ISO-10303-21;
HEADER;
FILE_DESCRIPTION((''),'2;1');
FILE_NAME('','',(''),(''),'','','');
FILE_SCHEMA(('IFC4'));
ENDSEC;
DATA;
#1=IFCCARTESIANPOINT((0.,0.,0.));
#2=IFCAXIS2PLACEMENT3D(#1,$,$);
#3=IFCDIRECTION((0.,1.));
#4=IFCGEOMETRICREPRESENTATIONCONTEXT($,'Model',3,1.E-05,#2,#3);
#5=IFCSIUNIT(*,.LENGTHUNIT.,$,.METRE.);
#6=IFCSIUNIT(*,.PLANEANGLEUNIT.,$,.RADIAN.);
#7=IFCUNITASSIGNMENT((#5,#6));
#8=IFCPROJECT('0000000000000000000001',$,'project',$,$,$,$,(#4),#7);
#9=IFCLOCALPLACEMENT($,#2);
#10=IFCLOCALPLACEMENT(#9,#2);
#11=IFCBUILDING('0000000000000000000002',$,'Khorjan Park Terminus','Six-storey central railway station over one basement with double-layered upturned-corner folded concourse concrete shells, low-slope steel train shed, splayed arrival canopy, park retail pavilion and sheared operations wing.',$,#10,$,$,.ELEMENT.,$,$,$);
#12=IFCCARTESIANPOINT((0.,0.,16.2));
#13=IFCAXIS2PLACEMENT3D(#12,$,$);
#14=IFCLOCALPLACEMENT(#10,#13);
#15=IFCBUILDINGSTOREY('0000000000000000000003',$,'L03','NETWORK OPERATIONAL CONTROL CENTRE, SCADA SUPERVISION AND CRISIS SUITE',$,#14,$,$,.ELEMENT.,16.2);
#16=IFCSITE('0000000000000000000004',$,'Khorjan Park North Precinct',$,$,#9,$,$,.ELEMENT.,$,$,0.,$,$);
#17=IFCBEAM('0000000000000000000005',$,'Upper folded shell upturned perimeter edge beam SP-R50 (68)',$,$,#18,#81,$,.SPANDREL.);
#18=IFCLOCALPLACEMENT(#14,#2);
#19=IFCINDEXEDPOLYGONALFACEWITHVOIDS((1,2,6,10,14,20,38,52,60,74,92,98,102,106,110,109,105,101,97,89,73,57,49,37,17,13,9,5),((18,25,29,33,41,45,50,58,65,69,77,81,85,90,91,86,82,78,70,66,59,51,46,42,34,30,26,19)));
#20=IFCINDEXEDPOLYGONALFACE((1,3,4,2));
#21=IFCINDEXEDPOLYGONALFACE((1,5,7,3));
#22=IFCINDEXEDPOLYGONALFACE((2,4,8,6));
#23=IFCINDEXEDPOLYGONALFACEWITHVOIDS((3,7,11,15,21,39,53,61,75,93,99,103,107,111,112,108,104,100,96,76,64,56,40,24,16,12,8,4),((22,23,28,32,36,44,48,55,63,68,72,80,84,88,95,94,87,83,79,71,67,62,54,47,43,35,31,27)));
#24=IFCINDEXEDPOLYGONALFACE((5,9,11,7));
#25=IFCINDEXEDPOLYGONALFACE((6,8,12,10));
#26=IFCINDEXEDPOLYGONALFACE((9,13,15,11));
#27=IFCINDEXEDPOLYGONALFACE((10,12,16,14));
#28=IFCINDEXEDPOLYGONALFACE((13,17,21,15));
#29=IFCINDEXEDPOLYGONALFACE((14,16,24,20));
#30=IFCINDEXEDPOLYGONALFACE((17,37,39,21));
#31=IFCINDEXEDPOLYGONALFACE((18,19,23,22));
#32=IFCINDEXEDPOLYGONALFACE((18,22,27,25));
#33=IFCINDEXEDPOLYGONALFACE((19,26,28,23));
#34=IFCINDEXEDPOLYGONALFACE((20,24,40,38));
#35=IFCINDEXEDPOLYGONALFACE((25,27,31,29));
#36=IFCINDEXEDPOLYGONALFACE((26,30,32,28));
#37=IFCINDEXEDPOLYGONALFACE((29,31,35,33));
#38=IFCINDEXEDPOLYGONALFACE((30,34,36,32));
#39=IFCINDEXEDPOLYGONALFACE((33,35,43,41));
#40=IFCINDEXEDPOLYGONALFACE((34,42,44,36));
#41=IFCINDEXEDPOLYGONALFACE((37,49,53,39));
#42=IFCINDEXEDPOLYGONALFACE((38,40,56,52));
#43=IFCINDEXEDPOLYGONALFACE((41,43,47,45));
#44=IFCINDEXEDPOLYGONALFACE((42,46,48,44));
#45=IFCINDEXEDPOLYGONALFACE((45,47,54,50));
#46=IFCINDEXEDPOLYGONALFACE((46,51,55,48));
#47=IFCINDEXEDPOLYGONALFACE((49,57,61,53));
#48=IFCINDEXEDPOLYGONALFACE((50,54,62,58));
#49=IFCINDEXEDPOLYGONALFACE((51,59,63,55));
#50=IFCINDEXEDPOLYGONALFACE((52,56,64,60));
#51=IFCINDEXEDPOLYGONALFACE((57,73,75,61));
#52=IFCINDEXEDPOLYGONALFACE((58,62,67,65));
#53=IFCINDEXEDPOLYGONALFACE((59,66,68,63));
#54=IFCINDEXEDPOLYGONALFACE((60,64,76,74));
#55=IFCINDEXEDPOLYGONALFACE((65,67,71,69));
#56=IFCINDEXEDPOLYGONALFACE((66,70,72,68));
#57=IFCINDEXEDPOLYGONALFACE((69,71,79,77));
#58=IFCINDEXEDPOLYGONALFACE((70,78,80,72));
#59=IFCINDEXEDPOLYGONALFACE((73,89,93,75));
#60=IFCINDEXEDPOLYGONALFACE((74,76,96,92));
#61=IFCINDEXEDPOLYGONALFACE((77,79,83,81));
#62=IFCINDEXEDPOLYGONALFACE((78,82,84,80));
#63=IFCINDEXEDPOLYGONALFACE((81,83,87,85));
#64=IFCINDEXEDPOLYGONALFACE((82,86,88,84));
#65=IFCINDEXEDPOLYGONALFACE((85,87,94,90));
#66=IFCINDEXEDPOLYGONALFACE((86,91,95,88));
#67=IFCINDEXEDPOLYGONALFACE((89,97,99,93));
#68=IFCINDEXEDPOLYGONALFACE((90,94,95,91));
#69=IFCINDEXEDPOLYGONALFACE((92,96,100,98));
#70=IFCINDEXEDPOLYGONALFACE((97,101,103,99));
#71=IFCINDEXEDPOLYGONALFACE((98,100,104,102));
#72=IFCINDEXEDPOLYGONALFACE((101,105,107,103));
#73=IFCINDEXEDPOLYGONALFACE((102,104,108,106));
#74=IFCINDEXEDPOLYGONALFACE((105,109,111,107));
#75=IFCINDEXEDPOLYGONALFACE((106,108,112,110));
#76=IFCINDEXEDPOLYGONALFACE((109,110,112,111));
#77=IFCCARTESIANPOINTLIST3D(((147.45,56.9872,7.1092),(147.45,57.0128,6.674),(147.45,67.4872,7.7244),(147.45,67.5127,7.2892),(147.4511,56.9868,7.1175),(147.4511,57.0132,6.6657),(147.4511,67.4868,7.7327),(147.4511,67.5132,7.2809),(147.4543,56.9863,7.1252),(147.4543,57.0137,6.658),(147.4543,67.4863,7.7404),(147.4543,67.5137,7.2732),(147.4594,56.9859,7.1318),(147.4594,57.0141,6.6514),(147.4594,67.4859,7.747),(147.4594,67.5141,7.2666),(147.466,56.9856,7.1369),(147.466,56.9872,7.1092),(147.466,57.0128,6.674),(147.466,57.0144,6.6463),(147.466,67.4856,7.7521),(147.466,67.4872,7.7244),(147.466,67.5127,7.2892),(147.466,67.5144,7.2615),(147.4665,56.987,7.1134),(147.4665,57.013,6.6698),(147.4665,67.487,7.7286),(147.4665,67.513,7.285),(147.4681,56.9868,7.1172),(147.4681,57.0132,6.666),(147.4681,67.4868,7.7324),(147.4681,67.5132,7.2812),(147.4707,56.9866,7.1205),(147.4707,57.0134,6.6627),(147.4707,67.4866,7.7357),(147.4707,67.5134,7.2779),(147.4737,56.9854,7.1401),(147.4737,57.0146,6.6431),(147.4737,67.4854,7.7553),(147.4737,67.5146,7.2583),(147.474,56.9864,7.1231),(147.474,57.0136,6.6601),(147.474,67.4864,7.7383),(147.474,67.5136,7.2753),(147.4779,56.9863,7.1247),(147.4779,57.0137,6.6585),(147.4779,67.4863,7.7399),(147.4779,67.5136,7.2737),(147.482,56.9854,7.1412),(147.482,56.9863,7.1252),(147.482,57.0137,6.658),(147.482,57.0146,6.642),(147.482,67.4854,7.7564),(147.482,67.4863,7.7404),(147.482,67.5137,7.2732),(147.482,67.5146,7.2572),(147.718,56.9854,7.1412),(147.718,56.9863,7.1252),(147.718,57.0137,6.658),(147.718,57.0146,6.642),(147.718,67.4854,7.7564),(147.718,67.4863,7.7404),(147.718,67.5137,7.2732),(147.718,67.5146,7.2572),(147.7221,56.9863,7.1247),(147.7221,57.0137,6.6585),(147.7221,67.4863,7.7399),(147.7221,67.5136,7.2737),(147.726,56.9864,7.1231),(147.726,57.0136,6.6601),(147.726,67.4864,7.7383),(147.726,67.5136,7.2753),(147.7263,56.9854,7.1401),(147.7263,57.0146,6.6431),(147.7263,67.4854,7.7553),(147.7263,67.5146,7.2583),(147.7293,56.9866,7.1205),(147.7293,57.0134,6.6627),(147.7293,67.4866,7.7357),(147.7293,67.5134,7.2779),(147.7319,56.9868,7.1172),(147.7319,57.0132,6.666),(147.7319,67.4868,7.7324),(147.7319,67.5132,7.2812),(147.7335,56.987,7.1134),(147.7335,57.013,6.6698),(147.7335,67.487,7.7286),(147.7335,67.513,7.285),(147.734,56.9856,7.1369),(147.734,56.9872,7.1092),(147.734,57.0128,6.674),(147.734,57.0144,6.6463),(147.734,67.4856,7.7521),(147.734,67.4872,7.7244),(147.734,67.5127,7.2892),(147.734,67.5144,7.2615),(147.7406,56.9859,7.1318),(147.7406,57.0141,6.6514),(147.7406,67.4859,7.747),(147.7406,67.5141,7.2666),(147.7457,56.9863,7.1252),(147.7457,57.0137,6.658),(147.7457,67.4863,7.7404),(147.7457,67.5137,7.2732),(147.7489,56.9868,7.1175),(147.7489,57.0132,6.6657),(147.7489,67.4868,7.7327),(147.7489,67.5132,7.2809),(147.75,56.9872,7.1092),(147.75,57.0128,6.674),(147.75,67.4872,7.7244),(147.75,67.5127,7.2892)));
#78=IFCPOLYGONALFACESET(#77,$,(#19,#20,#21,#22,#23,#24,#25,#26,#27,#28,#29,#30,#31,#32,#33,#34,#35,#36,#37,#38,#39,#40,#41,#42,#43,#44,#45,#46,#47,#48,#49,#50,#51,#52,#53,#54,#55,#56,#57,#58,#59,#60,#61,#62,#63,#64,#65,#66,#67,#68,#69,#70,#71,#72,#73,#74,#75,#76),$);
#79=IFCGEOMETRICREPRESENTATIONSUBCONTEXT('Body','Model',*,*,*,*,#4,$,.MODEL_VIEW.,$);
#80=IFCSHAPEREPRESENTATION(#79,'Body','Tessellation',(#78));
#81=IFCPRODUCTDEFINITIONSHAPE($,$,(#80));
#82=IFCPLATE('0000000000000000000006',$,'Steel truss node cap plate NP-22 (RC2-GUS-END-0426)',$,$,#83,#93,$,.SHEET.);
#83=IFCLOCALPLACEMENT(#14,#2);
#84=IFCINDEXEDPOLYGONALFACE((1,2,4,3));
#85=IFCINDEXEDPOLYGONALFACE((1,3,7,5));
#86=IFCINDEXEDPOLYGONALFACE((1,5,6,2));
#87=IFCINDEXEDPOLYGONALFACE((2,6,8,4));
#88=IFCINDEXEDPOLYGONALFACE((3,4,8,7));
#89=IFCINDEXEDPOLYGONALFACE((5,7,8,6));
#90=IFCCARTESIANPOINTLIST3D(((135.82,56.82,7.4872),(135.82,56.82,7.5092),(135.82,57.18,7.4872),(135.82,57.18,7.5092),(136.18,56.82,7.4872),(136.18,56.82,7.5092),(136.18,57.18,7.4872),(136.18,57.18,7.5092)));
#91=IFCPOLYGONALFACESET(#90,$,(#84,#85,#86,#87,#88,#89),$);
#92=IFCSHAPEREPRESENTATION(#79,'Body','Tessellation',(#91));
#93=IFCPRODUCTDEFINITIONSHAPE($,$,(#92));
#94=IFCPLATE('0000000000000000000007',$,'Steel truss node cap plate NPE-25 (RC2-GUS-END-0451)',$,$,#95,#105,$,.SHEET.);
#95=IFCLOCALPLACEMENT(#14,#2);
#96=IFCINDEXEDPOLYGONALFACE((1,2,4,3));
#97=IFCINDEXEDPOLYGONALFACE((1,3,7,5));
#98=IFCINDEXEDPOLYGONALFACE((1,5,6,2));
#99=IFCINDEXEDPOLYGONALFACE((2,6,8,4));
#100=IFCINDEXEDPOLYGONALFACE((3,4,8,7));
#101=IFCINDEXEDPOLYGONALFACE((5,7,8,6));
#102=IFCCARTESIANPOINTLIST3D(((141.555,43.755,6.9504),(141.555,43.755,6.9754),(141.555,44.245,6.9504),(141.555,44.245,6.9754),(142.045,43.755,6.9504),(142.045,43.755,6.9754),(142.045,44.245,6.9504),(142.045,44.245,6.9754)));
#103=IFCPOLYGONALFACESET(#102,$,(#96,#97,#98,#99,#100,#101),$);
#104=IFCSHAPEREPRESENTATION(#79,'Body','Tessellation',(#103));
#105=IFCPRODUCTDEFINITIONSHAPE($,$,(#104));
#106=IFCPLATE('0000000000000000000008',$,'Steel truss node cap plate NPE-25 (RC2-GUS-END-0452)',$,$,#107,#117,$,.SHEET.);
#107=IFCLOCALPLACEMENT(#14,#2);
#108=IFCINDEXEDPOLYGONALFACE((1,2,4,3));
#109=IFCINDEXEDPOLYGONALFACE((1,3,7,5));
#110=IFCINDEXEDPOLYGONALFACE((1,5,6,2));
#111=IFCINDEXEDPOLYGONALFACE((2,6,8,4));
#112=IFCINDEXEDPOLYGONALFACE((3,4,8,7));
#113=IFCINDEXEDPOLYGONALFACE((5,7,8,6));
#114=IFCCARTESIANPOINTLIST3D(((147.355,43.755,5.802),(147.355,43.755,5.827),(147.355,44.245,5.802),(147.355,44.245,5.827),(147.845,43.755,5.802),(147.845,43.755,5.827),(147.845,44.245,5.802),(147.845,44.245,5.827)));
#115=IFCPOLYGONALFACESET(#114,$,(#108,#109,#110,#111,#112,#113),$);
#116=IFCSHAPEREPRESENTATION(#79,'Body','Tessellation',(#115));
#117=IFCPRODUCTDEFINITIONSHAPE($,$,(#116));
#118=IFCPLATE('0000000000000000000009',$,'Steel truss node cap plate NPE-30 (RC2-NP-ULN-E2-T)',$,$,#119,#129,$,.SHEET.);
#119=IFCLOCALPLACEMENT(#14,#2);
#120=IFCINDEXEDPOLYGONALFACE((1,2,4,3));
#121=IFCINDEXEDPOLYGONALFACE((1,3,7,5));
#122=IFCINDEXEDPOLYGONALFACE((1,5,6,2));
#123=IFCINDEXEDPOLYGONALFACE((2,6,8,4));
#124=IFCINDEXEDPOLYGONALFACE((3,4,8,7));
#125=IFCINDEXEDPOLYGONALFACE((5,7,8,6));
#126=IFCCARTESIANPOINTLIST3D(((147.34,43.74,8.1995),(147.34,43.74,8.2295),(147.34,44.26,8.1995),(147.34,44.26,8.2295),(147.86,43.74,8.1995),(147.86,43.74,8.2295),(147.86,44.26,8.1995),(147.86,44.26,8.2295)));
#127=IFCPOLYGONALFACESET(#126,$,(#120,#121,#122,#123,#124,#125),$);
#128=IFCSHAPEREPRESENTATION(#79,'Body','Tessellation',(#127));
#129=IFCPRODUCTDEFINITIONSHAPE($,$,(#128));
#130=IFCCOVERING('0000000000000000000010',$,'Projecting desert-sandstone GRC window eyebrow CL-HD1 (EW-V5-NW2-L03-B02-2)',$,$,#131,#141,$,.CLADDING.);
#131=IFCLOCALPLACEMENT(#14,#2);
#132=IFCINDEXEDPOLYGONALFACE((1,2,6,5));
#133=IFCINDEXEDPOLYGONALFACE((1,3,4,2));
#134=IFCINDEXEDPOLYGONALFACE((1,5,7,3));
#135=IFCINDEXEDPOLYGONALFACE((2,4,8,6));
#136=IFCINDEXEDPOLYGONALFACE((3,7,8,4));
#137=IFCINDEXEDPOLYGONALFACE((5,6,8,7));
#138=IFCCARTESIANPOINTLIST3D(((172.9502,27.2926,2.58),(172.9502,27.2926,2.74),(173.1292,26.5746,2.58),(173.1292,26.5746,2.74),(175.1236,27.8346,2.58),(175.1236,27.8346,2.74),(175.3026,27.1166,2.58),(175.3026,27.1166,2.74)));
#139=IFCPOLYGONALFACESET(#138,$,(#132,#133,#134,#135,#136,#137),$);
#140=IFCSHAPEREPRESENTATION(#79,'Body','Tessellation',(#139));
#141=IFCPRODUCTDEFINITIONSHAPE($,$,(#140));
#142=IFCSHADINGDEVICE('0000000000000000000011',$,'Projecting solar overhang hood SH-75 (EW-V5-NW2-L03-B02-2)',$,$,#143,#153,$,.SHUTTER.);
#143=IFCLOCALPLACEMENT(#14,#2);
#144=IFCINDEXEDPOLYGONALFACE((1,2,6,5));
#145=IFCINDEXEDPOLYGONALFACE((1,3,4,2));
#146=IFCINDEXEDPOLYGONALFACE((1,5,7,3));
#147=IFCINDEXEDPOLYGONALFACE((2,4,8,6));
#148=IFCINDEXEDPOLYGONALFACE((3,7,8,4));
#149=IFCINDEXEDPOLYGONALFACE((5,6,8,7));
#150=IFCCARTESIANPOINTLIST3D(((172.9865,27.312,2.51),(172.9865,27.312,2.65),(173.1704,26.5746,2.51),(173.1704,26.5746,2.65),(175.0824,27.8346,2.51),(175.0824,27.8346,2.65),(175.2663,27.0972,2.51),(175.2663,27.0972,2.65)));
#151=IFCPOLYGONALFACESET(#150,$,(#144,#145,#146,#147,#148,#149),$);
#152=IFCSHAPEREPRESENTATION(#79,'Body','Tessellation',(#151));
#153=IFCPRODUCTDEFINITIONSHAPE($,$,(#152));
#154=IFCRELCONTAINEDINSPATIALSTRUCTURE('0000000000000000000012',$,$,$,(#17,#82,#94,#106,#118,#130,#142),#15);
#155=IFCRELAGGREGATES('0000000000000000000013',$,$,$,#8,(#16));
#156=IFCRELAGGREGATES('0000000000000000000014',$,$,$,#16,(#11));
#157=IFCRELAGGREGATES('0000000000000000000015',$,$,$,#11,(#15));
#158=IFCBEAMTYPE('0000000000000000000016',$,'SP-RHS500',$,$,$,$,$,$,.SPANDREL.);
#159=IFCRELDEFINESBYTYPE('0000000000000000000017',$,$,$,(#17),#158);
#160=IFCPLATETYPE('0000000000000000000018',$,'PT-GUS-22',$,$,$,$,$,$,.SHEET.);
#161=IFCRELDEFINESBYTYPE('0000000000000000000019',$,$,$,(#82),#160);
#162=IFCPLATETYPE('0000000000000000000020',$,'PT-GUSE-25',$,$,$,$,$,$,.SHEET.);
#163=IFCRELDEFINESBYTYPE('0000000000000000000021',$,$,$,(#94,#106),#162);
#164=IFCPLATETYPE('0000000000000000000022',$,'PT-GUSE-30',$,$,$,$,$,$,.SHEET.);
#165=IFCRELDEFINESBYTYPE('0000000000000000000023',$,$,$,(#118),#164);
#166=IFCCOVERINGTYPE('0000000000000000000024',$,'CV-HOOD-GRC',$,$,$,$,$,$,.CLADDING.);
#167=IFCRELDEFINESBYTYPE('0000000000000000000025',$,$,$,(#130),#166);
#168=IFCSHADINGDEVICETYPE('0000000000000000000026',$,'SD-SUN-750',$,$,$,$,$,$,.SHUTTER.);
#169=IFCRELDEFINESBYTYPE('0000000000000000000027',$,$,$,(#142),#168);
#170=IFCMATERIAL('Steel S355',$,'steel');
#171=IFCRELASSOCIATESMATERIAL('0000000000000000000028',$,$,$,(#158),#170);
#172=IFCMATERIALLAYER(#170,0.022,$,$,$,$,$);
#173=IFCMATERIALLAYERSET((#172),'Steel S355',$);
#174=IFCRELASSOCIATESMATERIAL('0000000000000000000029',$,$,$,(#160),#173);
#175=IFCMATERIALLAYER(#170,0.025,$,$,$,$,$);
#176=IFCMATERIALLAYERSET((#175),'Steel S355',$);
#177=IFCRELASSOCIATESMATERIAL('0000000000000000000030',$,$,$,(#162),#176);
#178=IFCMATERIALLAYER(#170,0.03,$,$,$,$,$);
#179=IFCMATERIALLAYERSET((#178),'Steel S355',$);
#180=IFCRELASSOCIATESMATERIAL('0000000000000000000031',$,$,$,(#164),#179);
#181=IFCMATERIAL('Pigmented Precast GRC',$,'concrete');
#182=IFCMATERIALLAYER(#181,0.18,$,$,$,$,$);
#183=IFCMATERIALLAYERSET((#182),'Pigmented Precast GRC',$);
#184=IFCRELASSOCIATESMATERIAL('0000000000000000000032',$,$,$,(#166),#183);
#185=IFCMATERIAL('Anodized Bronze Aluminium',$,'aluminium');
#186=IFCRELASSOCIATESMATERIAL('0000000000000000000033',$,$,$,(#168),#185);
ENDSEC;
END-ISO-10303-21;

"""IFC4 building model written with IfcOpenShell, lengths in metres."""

from ifc_helpers import new_model, si_unit, direction, frame, origin, origin_2d, place, context, subcontext, project, spatial, rectangle, hollow_rectangle, extrude, material, layer, layer_set, material_profile, profile_set, type_object, element, save


model = new_model("IFC4")

# Units and contexts
model_context = context("Model", 3, precision=1e-05, world=origin(), true_north=direction((0.0, 1.0)))
body_context = subcontext(model_context, "Body", "Model", "MODEL_VIEW")
ifc_project = project(units=[si_unit("LENGTHUNIT", "METRE"), si_unit("PLANEANGLEUNIT", "RADIAN")], contexts=[model_context])

# Site, building, storey
site_placement = place(None, origin())
site = spatial("IfcSite", under=ifc_project, at=site_placement, Name="Khorjan Park North Precinct", CompositionType="ELEMENT", RefElevation=0.0)
building_placement = place(site_placement, origin())
building = spatial("IfcBuilding", under=site, at=building_placement, Name="Khorjan Park Terminus", Description="Six-storey central railway station over one basement with double-layered upturned-corner folded concourse concrete shells, low-slope steel train shed, splayed arrival canopy, park retail pavilion and sheared operations wing.", CompositionType="ELEMENT")
storey_placement = place(building_placement, frame((0.0, 0.0, 16.2)))
storey = spatial("IfcBuildingStorey", under=building, at=storey_placement, Name="L03", Description="NETWORK OPERATIONAL CONTROL CENTRE, SCADA SUPERVISION AND CRISIS SUITE", CompositionType="ELEMENT", Elevation=16.2)

# Shared definitions
ifc_material_1 = material(Name="Steel S355", Category="steel")

# Beam
ifc_material_profile_1 = material_profile(ifc_material_1, hollow_rectangle(XDim=0.3, YDim=0.5, WallThickness=0.016, InnerFilletRadius=0.016, OuterFilletRadius=0.032, at=origin_2d()), Name="RHS 500x300x16")
ifc_profile_set_1 = profile_set([ifc_material_profile_1], Name="Steel S355")
beam_type_1 = type_object("IfcBeamType", Name="SP-RHS500", PredefinedType="SPANDREL", material=ifc_profile_set_1)
for number, where, z_axis, x_axis, name in (
    (1, (147.6, 57.0, 6.8916), (0.0, 0.998288, 0.05849), (-1.0, 0.0, 0.0), "Upper folded shell upturned perimeter edge beam SP-R50 (68)"),
):
    element("IfcBeam", number, at=place(storey_placement, frame(where, z_axis=z_axis, x_axis=x_axis)), inside=storey, type_object=beam_type_1, Name=name, PredefinedType="SPANDREL", context=body_context, shape_type="SweptSolid", body=[
        extrude(hollow_rectangle(XDim=0.3, YDim=0.5, WallThickness=0.016, InnerFilletRadius=0.016, OuterFilletRadius=0.032, at=origin_2d()), origin(), (0.0, 0.0, 1.0), 10.518),
    ])

# Plates
ifc_layer_1 = layer(ifc_material_1, 0.022)
ifc_layer_set_1 = layer_set([ifc_layer_1], Name="Steel S355")
plate_type_1 = type_object("IfcPlateType", Name="PT-GUS-22", PredefinedType="SHEET", material=ifc_layer_set_1)
plate_1_placement = place(storey_placement, frame((136.0, 57.0, 7.4872), z_axis=(0.0, 0.0, 1.0), x_axis=(1.0, 0.0, 0.0)))
element("IfcPlate", 2, at=plate_1_placement, inside=storey, type_object=plate_type_1, Name="Steel truss node cap plate NP-22 (RC2-GUS-END-0426)", PredefinedType="SHEET", context=body_context, shape_type="SweptSolid", body=[
    extrude(rectangle(XDim=0.36, YDim=0.36, at=origin_2d()), origin(), (0.0, 0.0, 1.0), 0.022),
])
ifc_layer_2 = layer(ifc_material_1, 0.025)
ifc_layer_set_2 = layer_set([ifc_layer_2], Name="Steel S355")
plate_type_2 = type_object("IfcPlateType", Name="PT-GUSE-25", PredefinedType="SHEET", material=ifc_layer_set_2)
for number, where, z_axis, x_axis, name in (
    (3, (141.8, 44.0, 6.9504), (0.0, 0.0, 1.0), (1.0, 0.0, 0.0), "Steel truss node cap plate NPE-25 (RC2-GUS-END-0451)"),
    (4, (147.6, 44.0, 5.802), (0.0, 0.0, 1.0), (1.0, 0.0, 0.0), "Steel truss node cap plate NPE-25 (RC2-GUS-END-0452)"),
):
    element("IfcPlate", number, at=place(storey_placement, frame(where, z_axis=z_axis, x_axis=x_axis)), inside=storey, type_object=plate_type_2, Name=name, PredefinedType="SHEET", context=body_context, shape_type="SweptSolid", body=[
        extrude(rectangle(XDim=0.49, YDim=0.49, at=origin_2d()), origin(), (0.0, 0.0, 1.0), 0.025),
    ])
ifc_layer_3 = layer(ifc_material_1, 0.03)
ifc_layer_set_3 = layer_set([ifc_layer_3], Name="Steel S355")
plate_type_3 = type_object("IfcPlateType", Name="PT-GUSE-30", PredefinedType="SHEET", material=ifc_layer_set_3)
plate_2_placement = place(storey_placement, frame((147.6, 44.0, 8.1995), z_axis=(0.0, 0.0, 1.0), x_axis=(1.0, 0.0, 0.0)))
element("IfcPlate", 5, at=plate_2_placement, inside=storey, type_object=plate_type_3, Name="Steel truss node cap plate NPE-30 (RC2-NP-ULN-E2-T)", PredefinedType="SHEET", context=body_context, shape_type="SweptSolid", body=[
    extrude(rectangle(XDim=0.52, YDim=0.52, at=origin_2d()), origin(), (0.0, 0.0, 1.0), 0.03),
])

# Covering
ifc_material_2 = material(Name="Pigmented Precast GRC", Category="concrete")
ifc_layer_4 = layer(ifc_material_2, 0.18)
ifc_layer_set_4 = layer_set([ifc_layer_4], Name="Pigmented Precast GRC")
covering_type = type_object("IfcCoveringType", Name="CV-HOOD-GRC", PredefinedType="CLADDING", material=ifc_layer_set_4)
covering_placement = place(storey_placement, frame((174.1264, 27.2046, 2.58), z_axis=(0.0, 0.0, 1.0), x_axis=(-0.970293, -0.241933, 0.0)))
element("IfcCovering", 6, at=covering_placement, inside=storey, type_object=covering_type, Name="Projecting desert-sandstone GRC window eyebrow CL-HD1 (EW-V5-NW2-L03-B02-2)", PredefinedType="CLADDING", context=body_context, shape_type="SweptSolid", body=[
    extrude(rectangle(XDim=2.24, YDim=0.74, at=origin_2d()), origin(), (0.0, 0.0, 1.0), 0.16),
])

# Shading device
ifc_material_3 = material(Name="Anodized Bronze Aluminium", Category="aluminium")
shading_device_type = type_object("IfcShadingDeviceType", Name="SD-SUN-750", PredefinedType="SHUTTER", material=ifc_material_3)
shading_device_placement = place(storey_placement, frame((174.1264, 27.2046, 2.51), z_axis=(0.0, 0.0, 1.0), x_axis=(-0.970293, -0.241933, 0.0)))
element("IfcShadingDevice", 7, at=shading_device_placement, inside=storey, type_object=shading_device_type, Name="Projecting solar overhang hood SH-75 (EW-V5-NW2-L03-B02-2)", PredefinedType="SHUTTER", context=body_context, shape_type="SweptSolid", body=[
    extrude(rectangle(XDim=2.16, YDim=0.76, at=origin_2d()), origin(), (0.0, 0.0, 1.0), 0.14),
])

save(model, "model.ifc")
